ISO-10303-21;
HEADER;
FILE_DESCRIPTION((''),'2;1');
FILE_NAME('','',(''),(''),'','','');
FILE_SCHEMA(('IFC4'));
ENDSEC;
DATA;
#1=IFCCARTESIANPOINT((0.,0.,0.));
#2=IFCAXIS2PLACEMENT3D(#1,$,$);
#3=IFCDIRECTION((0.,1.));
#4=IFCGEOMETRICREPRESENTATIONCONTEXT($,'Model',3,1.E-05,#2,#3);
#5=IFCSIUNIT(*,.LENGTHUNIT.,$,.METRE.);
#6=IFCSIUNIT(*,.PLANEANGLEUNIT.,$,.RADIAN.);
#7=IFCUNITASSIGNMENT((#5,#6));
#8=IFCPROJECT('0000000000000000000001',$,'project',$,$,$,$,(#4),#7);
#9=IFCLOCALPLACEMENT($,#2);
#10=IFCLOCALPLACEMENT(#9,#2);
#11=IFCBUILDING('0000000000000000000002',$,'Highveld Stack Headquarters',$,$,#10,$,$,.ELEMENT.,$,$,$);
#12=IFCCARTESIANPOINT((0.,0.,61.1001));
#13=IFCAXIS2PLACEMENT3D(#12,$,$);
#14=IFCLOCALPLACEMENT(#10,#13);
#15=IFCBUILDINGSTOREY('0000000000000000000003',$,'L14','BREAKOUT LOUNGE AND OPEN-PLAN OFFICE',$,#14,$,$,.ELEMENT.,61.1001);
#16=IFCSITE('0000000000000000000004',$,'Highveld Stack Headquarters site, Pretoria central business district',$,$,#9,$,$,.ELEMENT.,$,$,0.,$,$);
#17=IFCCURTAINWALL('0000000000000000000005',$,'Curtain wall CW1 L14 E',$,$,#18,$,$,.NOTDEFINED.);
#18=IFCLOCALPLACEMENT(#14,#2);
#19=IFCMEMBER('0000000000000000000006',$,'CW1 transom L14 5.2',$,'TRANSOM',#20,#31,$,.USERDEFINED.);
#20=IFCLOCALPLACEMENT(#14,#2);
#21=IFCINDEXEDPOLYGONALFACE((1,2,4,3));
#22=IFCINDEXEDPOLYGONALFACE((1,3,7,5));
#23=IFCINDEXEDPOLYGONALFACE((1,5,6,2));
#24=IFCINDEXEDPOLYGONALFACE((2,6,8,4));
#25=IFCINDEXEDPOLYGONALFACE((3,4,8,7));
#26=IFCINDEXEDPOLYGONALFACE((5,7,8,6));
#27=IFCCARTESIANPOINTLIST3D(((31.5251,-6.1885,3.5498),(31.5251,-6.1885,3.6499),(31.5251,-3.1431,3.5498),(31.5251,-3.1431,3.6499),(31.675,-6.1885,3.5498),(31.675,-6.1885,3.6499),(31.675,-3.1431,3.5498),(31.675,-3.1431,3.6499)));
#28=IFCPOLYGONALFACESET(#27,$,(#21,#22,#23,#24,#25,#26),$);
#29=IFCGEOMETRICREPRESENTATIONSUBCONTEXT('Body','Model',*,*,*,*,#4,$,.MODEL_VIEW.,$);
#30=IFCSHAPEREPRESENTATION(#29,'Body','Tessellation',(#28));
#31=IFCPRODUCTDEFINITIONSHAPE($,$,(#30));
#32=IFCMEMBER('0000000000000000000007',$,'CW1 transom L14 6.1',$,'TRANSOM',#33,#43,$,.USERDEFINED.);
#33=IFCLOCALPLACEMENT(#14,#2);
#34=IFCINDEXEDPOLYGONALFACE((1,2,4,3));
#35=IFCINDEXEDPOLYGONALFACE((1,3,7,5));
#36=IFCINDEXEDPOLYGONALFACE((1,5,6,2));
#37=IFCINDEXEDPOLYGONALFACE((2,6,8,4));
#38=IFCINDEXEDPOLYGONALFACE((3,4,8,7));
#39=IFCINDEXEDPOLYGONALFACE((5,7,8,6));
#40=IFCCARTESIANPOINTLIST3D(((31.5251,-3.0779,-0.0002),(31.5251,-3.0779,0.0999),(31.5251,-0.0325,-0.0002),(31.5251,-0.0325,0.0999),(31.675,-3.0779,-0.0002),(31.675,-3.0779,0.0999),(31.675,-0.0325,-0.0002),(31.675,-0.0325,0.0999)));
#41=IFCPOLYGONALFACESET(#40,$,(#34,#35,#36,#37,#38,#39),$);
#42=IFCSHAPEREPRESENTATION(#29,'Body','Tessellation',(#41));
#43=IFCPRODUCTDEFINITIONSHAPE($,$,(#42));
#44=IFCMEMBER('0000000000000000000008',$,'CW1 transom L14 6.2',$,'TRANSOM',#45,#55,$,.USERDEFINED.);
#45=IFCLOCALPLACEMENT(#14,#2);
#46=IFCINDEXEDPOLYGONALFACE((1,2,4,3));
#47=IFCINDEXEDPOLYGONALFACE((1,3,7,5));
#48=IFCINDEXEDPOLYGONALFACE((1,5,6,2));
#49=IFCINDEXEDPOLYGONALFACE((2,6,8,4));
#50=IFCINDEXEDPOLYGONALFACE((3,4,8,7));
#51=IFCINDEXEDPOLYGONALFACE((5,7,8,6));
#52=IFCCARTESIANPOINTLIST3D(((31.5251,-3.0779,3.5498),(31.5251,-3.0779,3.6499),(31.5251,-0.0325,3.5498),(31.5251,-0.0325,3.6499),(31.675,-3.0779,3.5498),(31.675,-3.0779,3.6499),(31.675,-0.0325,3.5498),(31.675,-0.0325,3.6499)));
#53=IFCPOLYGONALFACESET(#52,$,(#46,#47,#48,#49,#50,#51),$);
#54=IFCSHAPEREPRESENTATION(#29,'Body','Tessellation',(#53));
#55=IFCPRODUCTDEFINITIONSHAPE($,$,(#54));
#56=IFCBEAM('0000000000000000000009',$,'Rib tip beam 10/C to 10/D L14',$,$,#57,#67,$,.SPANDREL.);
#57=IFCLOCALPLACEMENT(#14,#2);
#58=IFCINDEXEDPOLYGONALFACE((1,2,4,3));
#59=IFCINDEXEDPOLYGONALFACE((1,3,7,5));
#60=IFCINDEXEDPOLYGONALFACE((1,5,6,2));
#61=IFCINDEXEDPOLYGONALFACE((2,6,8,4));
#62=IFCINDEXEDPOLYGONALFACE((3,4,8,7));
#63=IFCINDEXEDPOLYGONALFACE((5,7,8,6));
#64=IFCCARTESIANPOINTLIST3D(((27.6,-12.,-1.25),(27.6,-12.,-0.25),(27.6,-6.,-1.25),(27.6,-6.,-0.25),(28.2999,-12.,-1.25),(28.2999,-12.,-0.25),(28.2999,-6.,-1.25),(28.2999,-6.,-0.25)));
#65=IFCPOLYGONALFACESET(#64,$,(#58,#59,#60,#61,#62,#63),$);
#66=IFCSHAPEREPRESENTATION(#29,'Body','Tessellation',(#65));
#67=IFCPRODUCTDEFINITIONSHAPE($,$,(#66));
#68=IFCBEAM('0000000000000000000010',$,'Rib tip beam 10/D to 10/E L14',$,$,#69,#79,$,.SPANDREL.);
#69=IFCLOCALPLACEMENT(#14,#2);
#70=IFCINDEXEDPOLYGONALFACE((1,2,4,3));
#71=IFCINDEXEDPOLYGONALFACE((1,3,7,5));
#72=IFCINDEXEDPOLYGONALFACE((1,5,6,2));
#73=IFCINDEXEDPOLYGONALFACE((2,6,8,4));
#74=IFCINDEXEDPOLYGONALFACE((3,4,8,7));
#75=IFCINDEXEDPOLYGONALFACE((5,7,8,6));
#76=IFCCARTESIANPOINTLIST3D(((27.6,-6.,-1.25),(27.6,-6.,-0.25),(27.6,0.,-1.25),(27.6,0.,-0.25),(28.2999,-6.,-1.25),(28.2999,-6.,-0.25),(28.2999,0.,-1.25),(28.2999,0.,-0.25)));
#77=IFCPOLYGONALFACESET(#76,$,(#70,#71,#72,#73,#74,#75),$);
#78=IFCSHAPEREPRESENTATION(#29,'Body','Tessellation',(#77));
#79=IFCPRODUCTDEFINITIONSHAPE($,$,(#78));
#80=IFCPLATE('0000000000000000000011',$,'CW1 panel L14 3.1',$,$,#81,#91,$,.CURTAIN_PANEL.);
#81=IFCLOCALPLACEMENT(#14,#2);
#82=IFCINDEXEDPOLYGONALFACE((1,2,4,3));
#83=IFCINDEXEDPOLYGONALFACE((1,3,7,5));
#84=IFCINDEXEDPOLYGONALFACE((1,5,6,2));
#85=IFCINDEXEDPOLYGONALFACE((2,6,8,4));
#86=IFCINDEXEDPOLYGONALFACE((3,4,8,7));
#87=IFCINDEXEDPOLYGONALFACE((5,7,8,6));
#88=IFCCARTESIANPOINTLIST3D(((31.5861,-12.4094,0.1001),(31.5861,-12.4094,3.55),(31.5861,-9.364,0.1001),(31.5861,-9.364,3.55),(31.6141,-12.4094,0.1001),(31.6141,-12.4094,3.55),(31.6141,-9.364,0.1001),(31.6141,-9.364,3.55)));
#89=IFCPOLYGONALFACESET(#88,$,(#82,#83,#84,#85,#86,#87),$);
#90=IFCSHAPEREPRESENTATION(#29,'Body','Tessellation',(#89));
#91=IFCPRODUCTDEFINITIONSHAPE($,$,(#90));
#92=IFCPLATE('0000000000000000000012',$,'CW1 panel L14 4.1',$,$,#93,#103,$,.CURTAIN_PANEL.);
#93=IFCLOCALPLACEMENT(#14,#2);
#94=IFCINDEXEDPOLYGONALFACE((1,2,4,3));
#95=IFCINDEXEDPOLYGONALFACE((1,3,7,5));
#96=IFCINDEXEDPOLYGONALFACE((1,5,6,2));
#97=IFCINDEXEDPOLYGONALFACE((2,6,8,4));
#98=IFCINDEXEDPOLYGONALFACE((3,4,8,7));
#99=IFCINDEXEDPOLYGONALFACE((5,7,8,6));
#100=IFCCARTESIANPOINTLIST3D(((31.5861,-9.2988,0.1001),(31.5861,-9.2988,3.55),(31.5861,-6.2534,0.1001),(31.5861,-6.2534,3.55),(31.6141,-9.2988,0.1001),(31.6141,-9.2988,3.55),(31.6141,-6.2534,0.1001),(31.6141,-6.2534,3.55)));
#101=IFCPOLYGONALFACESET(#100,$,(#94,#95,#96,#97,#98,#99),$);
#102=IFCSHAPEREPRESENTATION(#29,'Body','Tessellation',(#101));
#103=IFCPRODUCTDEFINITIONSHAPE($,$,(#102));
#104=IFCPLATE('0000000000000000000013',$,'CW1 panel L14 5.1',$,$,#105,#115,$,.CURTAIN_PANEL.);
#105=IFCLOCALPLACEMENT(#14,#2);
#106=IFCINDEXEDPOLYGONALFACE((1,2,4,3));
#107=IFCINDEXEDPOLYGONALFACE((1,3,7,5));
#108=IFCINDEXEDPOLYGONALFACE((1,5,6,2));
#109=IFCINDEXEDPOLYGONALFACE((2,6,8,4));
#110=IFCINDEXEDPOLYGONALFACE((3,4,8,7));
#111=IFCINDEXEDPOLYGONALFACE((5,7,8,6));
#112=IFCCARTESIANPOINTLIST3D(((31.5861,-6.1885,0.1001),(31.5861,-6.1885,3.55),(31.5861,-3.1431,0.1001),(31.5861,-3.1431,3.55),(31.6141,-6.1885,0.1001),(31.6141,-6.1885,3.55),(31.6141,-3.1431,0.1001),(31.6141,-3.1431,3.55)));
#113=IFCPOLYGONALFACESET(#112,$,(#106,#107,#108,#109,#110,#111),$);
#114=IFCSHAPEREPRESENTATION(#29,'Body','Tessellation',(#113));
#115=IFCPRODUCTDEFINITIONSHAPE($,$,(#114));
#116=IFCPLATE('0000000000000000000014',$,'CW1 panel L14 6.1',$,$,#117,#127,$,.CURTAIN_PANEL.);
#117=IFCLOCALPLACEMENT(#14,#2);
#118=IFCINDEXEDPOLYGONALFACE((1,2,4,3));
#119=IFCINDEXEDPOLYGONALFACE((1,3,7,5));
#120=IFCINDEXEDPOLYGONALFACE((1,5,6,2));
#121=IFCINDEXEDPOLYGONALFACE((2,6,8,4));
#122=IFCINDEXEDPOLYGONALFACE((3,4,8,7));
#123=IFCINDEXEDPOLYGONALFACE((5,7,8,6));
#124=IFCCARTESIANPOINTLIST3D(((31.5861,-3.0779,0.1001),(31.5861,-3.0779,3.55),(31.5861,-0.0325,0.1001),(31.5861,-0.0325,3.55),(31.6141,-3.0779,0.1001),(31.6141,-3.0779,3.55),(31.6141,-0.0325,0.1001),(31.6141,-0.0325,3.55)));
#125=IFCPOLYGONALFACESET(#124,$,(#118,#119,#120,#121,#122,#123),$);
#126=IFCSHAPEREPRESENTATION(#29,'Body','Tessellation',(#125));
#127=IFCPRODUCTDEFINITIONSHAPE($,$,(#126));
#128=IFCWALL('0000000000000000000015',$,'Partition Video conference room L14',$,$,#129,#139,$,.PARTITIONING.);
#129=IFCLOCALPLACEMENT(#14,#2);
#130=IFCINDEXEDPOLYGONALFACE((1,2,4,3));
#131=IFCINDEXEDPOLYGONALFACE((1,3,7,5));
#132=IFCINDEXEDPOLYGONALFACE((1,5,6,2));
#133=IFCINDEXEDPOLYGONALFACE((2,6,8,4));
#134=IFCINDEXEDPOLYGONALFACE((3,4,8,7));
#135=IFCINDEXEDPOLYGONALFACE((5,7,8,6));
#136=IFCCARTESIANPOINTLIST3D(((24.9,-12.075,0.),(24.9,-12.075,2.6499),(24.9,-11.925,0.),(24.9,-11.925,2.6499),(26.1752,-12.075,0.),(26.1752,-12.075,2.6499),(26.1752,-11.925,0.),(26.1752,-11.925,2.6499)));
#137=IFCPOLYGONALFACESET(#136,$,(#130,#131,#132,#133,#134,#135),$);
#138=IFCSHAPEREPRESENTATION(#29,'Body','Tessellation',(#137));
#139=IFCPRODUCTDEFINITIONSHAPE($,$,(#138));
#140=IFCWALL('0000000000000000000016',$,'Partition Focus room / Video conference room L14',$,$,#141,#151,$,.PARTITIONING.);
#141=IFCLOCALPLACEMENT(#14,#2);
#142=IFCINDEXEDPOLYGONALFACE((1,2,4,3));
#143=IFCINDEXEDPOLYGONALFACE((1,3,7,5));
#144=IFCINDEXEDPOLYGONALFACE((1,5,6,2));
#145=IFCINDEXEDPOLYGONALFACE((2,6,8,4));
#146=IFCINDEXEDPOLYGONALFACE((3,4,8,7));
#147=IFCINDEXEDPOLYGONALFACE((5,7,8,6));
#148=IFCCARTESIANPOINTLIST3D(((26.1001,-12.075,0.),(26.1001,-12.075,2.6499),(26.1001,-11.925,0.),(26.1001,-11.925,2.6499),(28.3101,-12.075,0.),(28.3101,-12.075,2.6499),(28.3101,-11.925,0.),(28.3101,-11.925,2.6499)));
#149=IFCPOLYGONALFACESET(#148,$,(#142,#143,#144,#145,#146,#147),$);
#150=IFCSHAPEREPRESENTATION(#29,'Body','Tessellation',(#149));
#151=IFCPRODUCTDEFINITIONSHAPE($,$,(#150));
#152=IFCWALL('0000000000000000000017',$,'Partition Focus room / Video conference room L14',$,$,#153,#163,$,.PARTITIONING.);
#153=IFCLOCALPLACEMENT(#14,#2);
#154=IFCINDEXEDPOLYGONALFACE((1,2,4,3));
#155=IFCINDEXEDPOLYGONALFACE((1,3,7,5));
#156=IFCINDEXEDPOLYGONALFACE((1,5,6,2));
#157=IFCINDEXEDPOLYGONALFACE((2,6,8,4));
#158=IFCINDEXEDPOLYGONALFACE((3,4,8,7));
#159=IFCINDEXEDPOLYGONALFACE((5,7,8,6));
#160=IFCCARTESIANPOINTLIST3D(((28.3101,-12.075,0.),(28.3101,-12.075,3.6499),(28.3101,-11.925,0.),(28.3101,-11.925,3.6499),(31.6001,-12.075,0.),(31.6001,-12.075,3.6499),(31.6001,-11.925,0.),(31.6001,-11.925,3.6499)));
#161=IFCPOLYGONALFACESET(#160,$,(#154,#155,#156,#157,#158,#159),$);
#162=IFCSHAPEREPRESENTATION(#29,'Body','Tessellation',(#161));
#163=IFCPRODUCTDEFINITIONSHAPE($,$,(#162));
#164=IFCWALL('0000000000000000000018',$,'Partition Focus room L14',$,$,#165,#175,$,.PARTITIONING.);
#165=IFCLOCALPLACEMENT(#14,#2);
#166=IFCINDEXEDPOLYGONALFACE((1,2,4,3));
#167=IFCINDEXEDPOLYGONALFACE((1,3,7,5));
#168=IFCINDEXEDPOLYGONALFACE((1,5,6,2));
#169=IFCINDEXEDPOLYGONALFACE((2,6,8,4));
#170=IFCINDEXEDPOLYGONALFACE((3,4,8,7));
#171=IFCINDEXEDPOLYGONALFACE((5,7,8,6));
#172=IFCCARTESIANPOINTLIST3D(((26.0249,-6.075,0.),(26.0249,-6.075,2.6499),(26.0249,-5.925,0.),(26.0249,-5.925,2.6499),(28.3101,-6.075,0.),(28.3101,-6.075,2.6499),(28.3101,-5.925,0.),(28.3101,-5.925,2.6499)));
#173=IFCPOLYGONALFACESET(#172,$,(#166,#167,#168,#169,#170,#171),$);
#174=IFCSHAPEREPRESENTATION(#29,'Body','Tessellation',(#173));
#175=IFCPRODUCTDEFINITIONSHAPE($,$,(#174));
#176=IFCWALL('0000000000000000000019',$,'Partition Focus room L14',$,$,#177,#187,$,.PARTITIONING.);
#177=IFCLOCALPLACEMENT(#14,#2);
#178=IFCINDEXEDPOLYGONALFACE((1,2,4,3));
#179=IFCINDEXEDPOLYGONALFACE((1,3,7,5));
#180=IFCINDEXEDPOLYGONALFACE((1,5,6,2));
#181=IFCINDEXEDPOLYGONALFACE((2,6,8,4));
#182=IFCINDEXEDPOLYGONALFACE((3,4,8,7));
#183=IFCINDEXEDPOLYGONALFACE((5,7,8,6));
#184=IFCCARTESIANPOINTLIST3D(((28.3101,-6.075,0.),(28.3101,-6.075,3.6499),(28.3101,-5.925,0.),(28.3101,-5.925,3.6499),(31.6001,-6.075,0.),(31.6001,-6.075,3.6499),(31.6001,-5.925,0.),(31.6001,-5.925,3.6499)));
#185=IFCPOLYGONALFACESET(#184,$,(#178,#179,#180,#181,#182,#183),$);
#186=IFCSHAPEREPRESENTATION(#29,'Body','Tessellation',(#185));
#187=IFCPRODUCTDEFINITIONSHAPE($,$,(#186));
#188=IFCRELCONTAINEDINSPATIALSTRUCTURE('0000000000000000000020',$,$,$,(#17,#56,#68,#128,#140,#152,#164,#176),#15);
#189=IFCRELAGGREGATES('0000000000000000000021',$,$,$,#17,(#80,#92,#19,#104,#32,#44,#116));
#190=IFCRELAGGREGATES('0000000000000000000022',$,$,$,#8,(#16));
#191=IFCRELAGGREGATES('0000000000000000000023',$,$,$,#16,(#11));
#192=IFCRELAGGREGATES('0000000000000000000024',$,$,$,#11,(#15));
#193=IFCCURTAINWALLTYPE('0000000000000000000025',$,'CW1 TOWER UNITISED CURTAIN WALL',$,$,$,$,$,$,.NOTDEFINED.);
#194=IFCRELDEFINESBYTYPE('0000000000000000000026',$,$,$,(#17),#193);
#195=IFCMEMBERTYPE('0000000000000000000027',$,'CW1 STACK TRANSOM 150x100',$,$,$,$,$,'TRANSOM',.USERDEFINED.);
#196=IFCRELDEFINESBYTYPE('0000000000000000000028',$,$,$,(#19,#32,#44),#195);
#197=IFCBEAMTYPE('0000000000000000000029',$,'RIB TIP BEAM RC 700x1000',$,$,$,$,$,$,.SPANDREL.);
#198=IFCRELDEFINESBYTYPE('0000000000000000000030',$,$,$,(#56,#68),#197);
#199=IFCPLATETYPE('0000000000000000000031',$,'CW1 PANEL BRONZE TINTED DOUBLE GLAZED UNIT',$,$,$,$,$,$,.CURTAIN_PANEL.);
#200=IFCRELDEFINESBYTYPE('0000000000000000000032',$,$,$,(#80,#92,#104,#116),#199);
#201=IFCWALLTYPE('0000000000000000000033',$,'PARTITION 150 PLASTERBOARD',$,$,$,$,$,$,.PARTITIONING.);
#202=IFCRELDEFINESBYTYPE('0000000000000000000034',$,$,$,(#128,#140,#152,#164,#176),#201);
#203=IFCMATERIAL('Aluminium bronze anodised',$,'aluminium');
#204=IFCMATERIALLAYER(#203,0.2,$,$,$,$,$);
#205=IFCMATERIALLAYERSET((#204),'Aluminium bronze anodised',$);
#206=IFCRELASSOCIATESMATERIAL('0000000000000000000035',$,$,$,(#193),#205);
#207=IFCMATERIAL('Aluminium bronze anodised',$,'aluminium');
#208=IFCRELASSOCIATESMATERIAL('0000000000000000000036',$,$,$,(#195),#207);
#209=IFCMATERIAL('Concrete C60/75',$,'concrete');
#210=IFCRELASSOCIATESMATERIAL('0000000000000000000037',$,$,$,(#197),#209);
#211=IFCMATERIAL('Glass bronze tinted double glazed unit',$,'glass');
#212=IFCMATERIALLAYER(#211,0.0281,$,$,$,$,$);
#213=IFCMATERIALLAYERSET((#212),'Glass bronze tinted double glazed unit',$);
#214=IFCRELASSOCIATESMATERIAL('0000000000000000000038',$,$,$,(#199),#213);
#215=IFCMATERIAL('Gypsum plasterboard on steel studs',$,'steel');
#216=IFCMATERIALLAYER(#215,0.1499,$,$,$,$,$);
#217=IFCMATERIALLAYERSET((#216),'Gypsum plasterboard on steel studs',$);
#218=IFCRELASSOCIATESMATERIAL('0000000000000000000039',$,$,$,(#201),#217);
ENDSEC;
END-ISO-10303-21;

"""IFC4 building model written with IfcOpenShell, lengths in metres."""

from ifc_helpers import new_model, si_unit, direction, frame, frame_2d, origin, origin_2d, place, context, subcontext, project, spatial, rectangle, extrude, material, layer, layer_set, material_profile, profile_set, type_object, element, aggregate, save


model = new_model("IFC4")

# Units and contexts
model_context = context("Model", 3, precision=1e-05, world=origin(), true_north=direction((0.0, 1.0)))
body_context = subcontext(model_context, "Body", "Model", "MODEL_VIEW")
ifc_project = project(units=[si_unit("LENGTHUNIT", "METRE"), si_unit("PLANEANGLEUNIT", "RADIAN")], contexts=[model_context])

# Site, building, storey
site_placement = place(None, origin())
site = spatial("IfcSite", under=ifc_project, at=site_placement, Name="Highveld Stack Headquarters site, Pretoria central business district", CompositionType="ELEMENT", RefElevation=0.0)
building_placement = place(site_placement, origin())
building = spatial("IfcBuilding", under=site, at=building_placement, Name="Highveld Stack Headquarters", CompositionType="ELEMENT")
storey_placement = place(building_placement, frame((0.0, 0.0, 61.1001)))
storey = spatial("IfcBuildingStorey", under=building, at=storey_placement, Name="L14", Description="BREAKOUT LOUNGE AND OPEN-PLAN OFFICE", CompositionType="ELEMENT", Elevation=61.1001)

# Curtain wall, members
ifc_material_1 = material(Name="Aluminium bronze anodised", Category="aluminium")
ifc_layer_1 = layer(ifc_material_1, 0.2)
ifc_layer_set_1 = layer_set([ifc_layer_1], Name="Aluminium bronze anodised")
curtain_wall_type = type_object("IfcCurtainWallType", Name="CW1 TOWER UNITISED CURTAIN WALL", PredefinedType="NOTDEFINED", material=ifc_layer_set_1)
curtain_wall_placement = place(storey_placement, origin())
curtain_wall = element("IfcCurtainWall", 1, at=curtain_wall_placement, inside=storey, type_object=curtain_wall_type, Name="Curtain wall CW1 L14 E", PredefinedType="NOTDEFINED")
ifc_material_2 = material(Name="Aluminium bronze anodised", Category="aluminium")
ifc_material_profile_1 = material_profile(ifc_material_2, rectangle(XDim=0.1499, YDim=0.1001, at=origin_2d()), Name="CW1 TRANSOM 150x100")
ifc_profile_set_1 = profile_set([ifc_material_profile_1], Name="Aluminium bronze anodised")
member_type_1 = type_object("IfcMemberType", Name="CW1 STACK TRANSOM 150x100", ElementType="TRANSOM", PredefinedType="USERDEFINED", material=ifc_profile_set_1)
member_1_placement = place(storey_placement, frame((31.6001, -6.1885, 3.5999), z_axis=(0.0, 1.0, 0.0), x_axis=(-1.0, 0.0, 0.0)))
member_1 = element("IfcMember", 2, at=member_1_placement, type_object=member_type_1, Name="CW1 transom L14 5.2", ObjectType="TRANSOM", PredefinedType="USERDEFINED", context=body_context, shape_type="SweptSolid", body=[
    extrude(rectangle(XDim=0.1499, YDim=0.1001, at=origin_2d()), origin(), (0.0, 0.0, 1.0), 3.0454),
])
member_2_placement = place(storey_placement, frame((31.6001, -3.0779, 0.0498), z_axis=(0.0, 1.0, 0.0), x_axis=(-1.0, 0.0, 0.0)))
member_2 = element("IfcMember", 3, at=member_2_placement, type_object=member_type_1, Name="CW1 transom L14 6.1", ObjectType="TRANSOM", PredefinedType="USERDEFINED", context=body_context, shape_type="SweptSolid", body=[
    extrude(rectangle(XDim=0.1499, YDim=0.1001, at=origin_2d()), origin(), (0.0, 0.0, 1.0), 3.0454),
])
member_3_placement = place(storey_placement, frame((31.6001, -3.0779, 3.5999), z_axis=(0.0, 1.0, 0.0), x_axis=(-1.0, 0.0, 0.0)))
member_3 = element("IfcMember", 4, at=member_3_placement, type_object=member_type_1, Name="CW1 transom L14 6.2", ObjectType="TRANSOM", PredefinedType="USERDEFINED", context=body_context, shape_type="SweptSolid", body=[
    extrude(rectangle(XDim=0.1499, YDim=0.1001, at=origin_2d()), origin(), (0.0, 0.0, 1.0), 3.0454),
])

# Beams
ifc_material_3 = material(Name="Concrete C60/75", Category="concrete")
ifc_material_profile_2 = material_profile(ifc_material_3, rectangle(XDim=0.7, YDim=1.0, at=origin_2d()), Name="RC 700x1000")
ifc_profile_set_2 = profile_set([ifc_material_profile_2], Name="Concrete C60/75")
beam_type_1 = type_object("IfcBeamType", Name="RIB TIP BEAM RC 700x1000", PredefinedType="SPANDREL", material=ifc_profile_set_2)
for number, where, z_axis, x_axis, name in (
    (5, (27.95, -12.0, -0.75), (0.0, 1.0, 0.0), (-1.0, 0.0, 0.0), "Rib tip beam 10/C to 10/D L14"),
    (6, (27.95, -6.0, -0.75), (0.0, 1.0, 0.0), (-1.0, 0.0, 0.0), "Rib tip beam 10/D to 10/E L14"),
):
    element("IfcBeam", number, at=place(storey_placement, frame(where, z_axis=z_axis, x_axis=x_axis)), inside=storey, type_object=beam_type_1, Name=name, PredefinedType="SPANDREL", context=body_context, shape_type="SweptSolid", body=[
        extrude(rectangle(XDim=0.7, YDim=1.0, at=origin_2d()), origin(), (0.0, 0.0, 1.0), 6.0),
    ])

# Plates
ifc_material_4 = material(Name="Glass bronze tinted double glazed unit", Category="glass")
ifc_layer_2 = layer(ifc_material_4, 0.0281)
ifc_layer_set_2 = layer_set([ifc_layer_2], Name="Glass bronze tinted double glazed unit")
plate_type = type_object("IfcPlateType", Name="CW1 PANEL BRONZE TINTED DOUBLE GLAZED UNIT", PredefinedType="CURTAIN_PANEL", material=ifc_layer_set_2)
plate_1_placement = place(storey_placement, frame((31.6001, -10.8867, 0.1001), z_axis=(0.0, 0.0, 1.0), x_axis=(0.0, 1.0, 0.0)))
plate_1 = element("IfcPlate", 7, at=plate_1_placement, type_object=plate_type, Name="CW1 panel L14 3.1", PredefinedType="CURTAIN_PANEL", context=body_context, shape_type="SweptSolid", body=[
    extrude(rectangle(XDim=3.0454, YDim=0.0281, at=origin_2d()), origin(), (0.0, 0.0, 1.0), 3.45),
])
plate_2_placement = place(storey_placement, frame((31.6001, -7.7761, 0.1001), z_axis=(0.0, 0.0, 1.0), x_axis=(0.0, 1.0, 0.0)))
plate_2 = element("IfcPlate", 8, at=plate_2_placement, type_object=plate_type, Name="CW1 panel L14 4.1", PredefinedType="CURTAIN_PANEL", context=body_context, shape_type="SweptSolid", body=[
    extrude(rectangle(XDim=3.0454, YDim=0.0281, at=origin_2d()), origin(), (0.0, 0.0, 1.0), 3.45),
])
plate_3_placement = place(storey_placement, frame((31.6001, -4.6658, 0.1001), z_axis=(0.0, 0.0, 1.0), x_axis=(0.0, 1.0, 0.0)))
plate_3 = element("IfcPlate", 9, at=plate_3_placement, type_object=plate_type, Name="CW1 panel L14 5.1", PredefinedType="CURTAIN_PANEL", context=body_context, shape_type="SweptSolid", body=[
    extrude(rectangle(XDim=3.0454, YDim=0.0281, at=origin_2d()), origin(), (0.0, 0.0, 1.0), 3.45),
])
plate_4_placement = place(storey_placement, frame((31.6001, -1.5552, 0.1001), z_axis=(0.0, 0.0, 1.0), x_axis=(0.0, 1.0, 0.0)))
plate_4 = element("IfcPlate", 10, at=plate_4_placement, type_object=plate_type, Name="CW1 panel L14 6.1", PredefinedType="CURTAIN_PANEL", context=body_context, shape_type="SweptSolid", body=[
    extrude(rectangle(XDim=3.0454, YDim=0.0281, at=origin_2d()), origin(), (0.0, 0.0, 1.0), 3.45),
])
aggregate(curtain_wall, [plate_1, plate_2, member_1, plate_3, member_2, member_3, plate_4])

# Walls
ifc_material_5 = material(Name="Gypsum plasterboard on steel studs", Category="steel")
ifc_layer_3 = layer(ifc_material_5, 0.1499)
ifc_layer_set_3 = layer_set([ifc_layer_3], Name="Gypsum plasterboard on steel studs")
wall_type = type_object("IfcWallType", Name="PARTITION 150 PLASTERBOARD", PredefinedType="PARTITIONING", material=ifc_layer_set_3)
wall_1_placement = place(storey_placement, frame((24.8999, -12.0, 0.0), z_axis=(0.0, 0.0, 1.0), x_axis=(1.0, 0.0, 0.0)))
element("IfcWall", 11, at=wall_1_placement, inside=storey, type_object=wall_type, Name="Partition Video conference room L14", PredefinedType="PARTITIONING", context=body_context, shape_type="SweptSolid", body=[
    extrude(rectangle(XDim=1.2751, YDim=0.1499, at=frame_2d((0.6377, 0.0))), origin(), (0.0, 0.0, 1.0), 2.6499),
])
wall_2_placement = place(storey_placement, frame((26.1001, -12.0, 0.0), z_axis=(0.0, 0.0, 1.0), x_axis=(1.0, 0.0, 0.0)))
element("IfcWall", 12, at=wall_2_placement, inside=storey, type_object=wall_type, Name="Partition Focus room / Video conference room L14", PredefinedType="PARTITIONING", context=body_context, shape_type="SweptSolid", body=[
    extrude(rectangle(XDim=2.21, YDim=0.1499, at=frame_2d((1.105, 0.0))), origin(), (0.0, 0.0, 1.0), 2.6499),
])
wall_3_placement = place(storey_placement, frame((28.3101, -12.0, 0.0), z_axis=(0.0, 0.0, 1.0), x_axis=(1.0, 0.0, 0.0)))
element("IfcWall", 13, at=wall_3_placement, inside=storey, type_object=wall_type, Name="Partition Focus room / Video conference room L14", PredefinedType="PARTITIONING", context=body_context, shape_type="SweptSolid", body=[
    extrude(rectangle(XDim=3.29, YDim=0.1499, at=frame_2d((1.645, 0.0))), origin(), (0.0, 0.0, 1.0), 3.6499),
])
wall_4_placement = place(storey_placement, frame((26.0249, -6.0, 0.0), z_axis=(0.0, 0.0, 1.0), x_axis=(1.0, 0.0, 0.0)))
element("IfcWall", 14, at=wall_4_placement, inside=storey, type_object=wall_type, Name="Partition Focus room L14", PredefinedType="PARTITIONING", context=body_context, shape_type="SweptSolid", body=[
    extrude(rectangle(XDim=2.2852, YDim=0.1499, at=frame_2d((1.1426, 0.0))), origin(), (0.0, 0.0, 1.0), 2.6499),
])
wall_5_placement = place(storey_placement, frame((28.3101, -6.0, 0.0), z_axis=(0.0, 0.0, 1.0), x_axis=(1.0, 0.0, 0.0)))
element("IfcWall", 15, at=wall_5_placement, inside=storey, type_object=wall_type, Name="Partition Focus room L14", PredefinedType="PARTITIONING", context=body_context, shape_type="SweptSolid", body=[
    extrude(rectangle(XDim=3.29, YDim=0.1499, at=frame_2d((1.645, 0.0))), origin(), (0.0, 0.0, 1.0), 3.6499),
])

save(model, "model.ifc")
